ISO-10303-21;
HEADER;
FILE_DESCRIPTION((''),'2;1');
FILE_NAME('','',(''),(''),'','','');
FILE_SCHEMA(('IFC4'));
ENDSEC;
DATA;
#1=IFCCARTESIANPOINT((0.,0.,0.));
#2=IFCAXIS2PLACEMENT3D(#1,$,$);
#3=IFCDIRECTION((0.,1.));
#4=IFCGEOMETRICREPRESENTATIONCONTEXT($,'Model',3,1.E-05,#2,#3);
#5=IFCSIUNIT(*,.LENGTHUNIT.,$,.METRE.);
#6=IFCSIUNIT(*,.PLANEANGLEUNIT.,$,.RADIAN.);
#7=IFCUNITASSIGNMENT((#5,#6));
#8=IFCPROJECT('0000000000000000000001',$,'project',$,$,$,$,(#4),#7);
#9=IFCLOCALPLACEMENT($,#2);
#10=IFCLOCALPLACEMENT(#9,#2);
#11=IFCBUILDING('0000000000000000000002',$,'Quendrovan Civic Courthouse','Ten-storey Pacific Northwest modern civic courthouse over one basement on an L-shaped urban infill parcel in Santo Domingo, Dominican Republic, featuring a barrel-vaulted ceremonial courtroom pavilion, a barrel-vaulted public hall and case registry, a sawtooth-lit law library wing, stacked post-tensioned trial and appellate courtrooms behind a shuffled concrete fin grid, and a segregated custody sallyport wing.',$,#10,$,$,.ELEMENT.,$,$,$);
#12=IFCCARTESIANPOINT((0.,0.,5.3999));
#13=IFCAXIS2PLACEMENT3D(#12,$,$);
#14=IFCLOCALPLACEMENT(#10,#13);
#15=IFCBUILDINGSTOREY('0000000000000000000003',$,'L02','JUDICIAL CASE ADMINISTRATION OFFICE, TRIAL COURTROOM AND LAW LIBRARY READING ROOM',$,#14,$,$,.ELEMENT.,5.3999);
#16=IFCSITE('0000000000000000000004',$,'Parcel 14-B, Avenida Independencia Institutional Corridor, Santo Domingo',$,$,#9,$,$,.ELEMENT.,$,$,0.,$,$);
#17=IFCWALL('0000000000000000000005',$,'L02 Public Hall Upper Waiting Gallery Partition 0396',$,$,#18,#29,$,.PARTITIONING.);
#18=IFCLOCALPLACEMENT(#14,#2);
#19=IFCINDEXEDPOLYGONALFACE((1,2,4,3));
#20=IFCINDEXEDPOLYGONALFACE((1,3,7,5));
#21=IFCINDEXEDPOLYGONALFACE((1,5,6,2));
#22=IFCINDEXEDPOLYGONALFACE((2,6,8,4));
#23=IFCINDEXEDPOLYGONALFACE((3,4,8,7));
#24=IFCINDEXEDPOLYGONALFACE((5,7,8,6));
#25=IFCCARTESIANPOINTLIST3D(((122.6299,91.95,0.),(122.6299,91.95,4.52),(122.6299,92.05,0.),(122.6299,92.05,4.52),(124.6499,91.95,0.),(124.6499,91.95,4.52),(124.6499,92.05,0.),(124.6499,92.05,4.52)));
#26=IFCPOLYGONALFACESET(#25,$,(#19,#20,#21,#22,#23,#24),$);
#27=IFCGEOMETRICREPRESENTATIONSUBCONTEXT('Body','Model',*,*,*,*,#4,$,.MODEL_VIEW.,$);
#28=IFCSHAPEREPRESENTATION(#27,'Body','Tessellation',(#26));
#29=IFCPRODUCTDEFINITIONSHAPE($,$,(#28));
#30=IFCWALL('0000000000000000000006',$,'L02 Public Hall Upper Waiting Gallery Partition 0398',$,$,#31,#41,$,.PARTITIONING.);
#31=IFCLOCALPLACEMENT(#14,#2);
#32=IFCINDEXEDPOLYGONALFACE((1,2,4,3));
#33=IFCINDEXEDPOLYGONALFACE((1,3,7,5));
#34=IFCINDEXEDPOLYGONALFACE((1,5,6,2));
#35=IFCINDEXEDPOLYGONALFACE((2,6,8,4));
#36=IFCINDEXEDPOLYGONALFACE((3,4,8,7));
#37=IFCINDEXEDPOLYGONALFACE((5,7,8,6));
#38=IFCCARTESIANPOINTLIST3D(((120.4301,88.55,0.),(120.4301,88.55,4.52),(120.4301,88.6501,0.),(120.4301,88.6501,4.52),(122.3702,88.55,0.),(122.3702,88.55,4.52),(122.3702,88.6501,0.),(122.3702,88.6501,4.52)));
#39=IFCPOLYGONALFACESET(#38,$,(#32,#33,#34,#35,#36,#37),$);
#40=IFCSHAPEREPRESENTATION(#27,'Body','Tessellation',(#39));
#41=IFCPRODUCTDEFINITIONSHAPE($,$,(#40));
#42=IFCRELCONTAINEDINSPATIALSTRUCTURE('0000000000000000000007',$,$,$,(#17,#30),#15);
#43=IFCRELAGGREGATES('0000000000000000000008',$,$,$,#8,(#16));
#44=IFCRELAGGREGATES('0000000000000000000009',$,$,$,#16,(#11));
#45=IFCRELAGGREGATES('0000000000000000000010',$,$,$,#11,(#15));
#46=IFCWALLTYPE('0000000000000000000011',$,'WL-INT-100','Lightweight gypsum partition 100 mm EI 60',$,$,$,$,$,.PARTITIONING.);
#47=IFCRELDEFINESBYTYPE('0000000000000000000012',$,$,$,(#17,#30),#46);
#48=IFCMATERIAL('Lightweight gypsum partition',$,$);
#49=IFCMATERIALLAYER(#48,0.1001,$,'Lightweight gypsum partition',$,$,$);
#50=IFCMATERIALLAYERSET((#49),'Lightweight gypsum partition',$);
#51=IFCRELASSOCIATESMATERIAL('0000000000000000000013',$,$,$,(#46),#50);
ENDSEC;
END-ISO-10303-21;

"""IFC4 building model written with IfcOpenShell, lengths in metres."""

from ifc_helpers import new_model, si_unit, direction, frame, frame_2d, origin, place, context, subcontext, project, spatial, rectangle, extrude, material, layer, layer_set, type_object, element, save


model = new_model("IFC4")

# Units and contexts
model_context = context("Model", 3, precision=1e-05, world=origin(), true_north=direction((0.0, 1.0)))
body_context = subcontext(model_context, "Body", "Model", "MODEL_VIEW")
ifc_project = project(units=[si_unit("LENGTHUNIT", "METRE"), si_unit("PLANEANGLEUNIT", "RADIAN")], contexts=[model_context])

# Site, building, storey
site_placement = place(None, origin())
site = spatial("IfcSite", under=ifc_project, at=site_placement, Name="Parcel 14-B, Avenida Independencia Institutional Corridor, Santo Domingo", CompositionType="ELEMENT", RefElevation=0.0)
building_placement = place(site_placement, origin())
building = spatial("IfcBuilding", under=site, at=building_placement, Name="Quendrovan Civic Courthouse", Description="Ten-storey Pacific Northwest modern civic courthouse over one basement on an L-shaped urban infill parcel in Santo Domingo, Dominican Republic, featuring a barrel-vaulted ceremonial courtroom pavilion, a barrel-vaulted public hall and case registry, a sawtooth-lit law library wing, stacked post-tensioned trial and appellate courtrooms behind a shuffled concrete fin grid, and a segregated custody sallyport wing.", CompositionType="ELEMENT")
storey_placement = place(building_placement, frame((0.0, 0.0, 5.3999)))
storey = spatial("IfcBuildingStorey", under=building, at=storey_placement, Name="L02", Description="JUDICIAL CASE ADMINISTRATION OFFICE, TRIAL COURTROOM AND LAW LIBRARY READING ROOM", CompositionType="ELEMENT", Elevation=5.3999)

# Walls
ifc_material_1 = material(Name="Lightweight gypsum partition")
ifc_layer_1 = layer(ifc_material_1, 0.1001, Name="Lightweight gypsum partition")
ifc_layer_set_1 = layer_set([ifc_layer_1], Name="Lightweight gypsum partition")
wall_type_1 = type_object("IfcWallType", Name="WL-INT-100", Description="Lightweight gypsum partition 100 mm EI 60", PredefinedType="PARTITIONING", material=ifc_layer_set_1)
wall_1_placement = place(storey_placement, frame((122.6299, 92.0, 0.0), z_axis=(0.0, 0.0, 1.0), x_axis=(1.0, 0.0, 0.0)))
element("IfcWall", 1, at=wall_1_placement, inside=storey, type_object=wall_type_1, Name="L02 Public Hall Upper Waiting Gallery Partition 0396", PredefinedType="PARTITIONING", context=body_context, shape_type="SweptSolid", body=[
    extrude(rectangle(XDim=2.02, YDim=0.1001, at=frame_2d((1.01, 0.0))), origin(), (0.0, 0.0, 1.0), 4.52),
])
wall_2_placement = place(storey_placement, frame((120.4299, 88.6001, 0.0), z_axis=(0.0, 0.0, 1.0), x_axis=(1.0, 0.0, 0.0)))
element("IfcWall", 2, at=wall_2_placement, inside=storey, type_object=wall_type_1, Name="L02 Public Hall Upper Waiting Gallery Partition 0398", PredefinedType="PARTITIONING", context=body_context, shape_type="SweptSolid", body=[
    extrude(rectangle(XDim=1.9402, YDim=0.1001, at=frame_2d((0.9702, 0.0))), origin(), (0.0, 0.0, 1.0), 4.52),
])

save(model, "model.ifc")
